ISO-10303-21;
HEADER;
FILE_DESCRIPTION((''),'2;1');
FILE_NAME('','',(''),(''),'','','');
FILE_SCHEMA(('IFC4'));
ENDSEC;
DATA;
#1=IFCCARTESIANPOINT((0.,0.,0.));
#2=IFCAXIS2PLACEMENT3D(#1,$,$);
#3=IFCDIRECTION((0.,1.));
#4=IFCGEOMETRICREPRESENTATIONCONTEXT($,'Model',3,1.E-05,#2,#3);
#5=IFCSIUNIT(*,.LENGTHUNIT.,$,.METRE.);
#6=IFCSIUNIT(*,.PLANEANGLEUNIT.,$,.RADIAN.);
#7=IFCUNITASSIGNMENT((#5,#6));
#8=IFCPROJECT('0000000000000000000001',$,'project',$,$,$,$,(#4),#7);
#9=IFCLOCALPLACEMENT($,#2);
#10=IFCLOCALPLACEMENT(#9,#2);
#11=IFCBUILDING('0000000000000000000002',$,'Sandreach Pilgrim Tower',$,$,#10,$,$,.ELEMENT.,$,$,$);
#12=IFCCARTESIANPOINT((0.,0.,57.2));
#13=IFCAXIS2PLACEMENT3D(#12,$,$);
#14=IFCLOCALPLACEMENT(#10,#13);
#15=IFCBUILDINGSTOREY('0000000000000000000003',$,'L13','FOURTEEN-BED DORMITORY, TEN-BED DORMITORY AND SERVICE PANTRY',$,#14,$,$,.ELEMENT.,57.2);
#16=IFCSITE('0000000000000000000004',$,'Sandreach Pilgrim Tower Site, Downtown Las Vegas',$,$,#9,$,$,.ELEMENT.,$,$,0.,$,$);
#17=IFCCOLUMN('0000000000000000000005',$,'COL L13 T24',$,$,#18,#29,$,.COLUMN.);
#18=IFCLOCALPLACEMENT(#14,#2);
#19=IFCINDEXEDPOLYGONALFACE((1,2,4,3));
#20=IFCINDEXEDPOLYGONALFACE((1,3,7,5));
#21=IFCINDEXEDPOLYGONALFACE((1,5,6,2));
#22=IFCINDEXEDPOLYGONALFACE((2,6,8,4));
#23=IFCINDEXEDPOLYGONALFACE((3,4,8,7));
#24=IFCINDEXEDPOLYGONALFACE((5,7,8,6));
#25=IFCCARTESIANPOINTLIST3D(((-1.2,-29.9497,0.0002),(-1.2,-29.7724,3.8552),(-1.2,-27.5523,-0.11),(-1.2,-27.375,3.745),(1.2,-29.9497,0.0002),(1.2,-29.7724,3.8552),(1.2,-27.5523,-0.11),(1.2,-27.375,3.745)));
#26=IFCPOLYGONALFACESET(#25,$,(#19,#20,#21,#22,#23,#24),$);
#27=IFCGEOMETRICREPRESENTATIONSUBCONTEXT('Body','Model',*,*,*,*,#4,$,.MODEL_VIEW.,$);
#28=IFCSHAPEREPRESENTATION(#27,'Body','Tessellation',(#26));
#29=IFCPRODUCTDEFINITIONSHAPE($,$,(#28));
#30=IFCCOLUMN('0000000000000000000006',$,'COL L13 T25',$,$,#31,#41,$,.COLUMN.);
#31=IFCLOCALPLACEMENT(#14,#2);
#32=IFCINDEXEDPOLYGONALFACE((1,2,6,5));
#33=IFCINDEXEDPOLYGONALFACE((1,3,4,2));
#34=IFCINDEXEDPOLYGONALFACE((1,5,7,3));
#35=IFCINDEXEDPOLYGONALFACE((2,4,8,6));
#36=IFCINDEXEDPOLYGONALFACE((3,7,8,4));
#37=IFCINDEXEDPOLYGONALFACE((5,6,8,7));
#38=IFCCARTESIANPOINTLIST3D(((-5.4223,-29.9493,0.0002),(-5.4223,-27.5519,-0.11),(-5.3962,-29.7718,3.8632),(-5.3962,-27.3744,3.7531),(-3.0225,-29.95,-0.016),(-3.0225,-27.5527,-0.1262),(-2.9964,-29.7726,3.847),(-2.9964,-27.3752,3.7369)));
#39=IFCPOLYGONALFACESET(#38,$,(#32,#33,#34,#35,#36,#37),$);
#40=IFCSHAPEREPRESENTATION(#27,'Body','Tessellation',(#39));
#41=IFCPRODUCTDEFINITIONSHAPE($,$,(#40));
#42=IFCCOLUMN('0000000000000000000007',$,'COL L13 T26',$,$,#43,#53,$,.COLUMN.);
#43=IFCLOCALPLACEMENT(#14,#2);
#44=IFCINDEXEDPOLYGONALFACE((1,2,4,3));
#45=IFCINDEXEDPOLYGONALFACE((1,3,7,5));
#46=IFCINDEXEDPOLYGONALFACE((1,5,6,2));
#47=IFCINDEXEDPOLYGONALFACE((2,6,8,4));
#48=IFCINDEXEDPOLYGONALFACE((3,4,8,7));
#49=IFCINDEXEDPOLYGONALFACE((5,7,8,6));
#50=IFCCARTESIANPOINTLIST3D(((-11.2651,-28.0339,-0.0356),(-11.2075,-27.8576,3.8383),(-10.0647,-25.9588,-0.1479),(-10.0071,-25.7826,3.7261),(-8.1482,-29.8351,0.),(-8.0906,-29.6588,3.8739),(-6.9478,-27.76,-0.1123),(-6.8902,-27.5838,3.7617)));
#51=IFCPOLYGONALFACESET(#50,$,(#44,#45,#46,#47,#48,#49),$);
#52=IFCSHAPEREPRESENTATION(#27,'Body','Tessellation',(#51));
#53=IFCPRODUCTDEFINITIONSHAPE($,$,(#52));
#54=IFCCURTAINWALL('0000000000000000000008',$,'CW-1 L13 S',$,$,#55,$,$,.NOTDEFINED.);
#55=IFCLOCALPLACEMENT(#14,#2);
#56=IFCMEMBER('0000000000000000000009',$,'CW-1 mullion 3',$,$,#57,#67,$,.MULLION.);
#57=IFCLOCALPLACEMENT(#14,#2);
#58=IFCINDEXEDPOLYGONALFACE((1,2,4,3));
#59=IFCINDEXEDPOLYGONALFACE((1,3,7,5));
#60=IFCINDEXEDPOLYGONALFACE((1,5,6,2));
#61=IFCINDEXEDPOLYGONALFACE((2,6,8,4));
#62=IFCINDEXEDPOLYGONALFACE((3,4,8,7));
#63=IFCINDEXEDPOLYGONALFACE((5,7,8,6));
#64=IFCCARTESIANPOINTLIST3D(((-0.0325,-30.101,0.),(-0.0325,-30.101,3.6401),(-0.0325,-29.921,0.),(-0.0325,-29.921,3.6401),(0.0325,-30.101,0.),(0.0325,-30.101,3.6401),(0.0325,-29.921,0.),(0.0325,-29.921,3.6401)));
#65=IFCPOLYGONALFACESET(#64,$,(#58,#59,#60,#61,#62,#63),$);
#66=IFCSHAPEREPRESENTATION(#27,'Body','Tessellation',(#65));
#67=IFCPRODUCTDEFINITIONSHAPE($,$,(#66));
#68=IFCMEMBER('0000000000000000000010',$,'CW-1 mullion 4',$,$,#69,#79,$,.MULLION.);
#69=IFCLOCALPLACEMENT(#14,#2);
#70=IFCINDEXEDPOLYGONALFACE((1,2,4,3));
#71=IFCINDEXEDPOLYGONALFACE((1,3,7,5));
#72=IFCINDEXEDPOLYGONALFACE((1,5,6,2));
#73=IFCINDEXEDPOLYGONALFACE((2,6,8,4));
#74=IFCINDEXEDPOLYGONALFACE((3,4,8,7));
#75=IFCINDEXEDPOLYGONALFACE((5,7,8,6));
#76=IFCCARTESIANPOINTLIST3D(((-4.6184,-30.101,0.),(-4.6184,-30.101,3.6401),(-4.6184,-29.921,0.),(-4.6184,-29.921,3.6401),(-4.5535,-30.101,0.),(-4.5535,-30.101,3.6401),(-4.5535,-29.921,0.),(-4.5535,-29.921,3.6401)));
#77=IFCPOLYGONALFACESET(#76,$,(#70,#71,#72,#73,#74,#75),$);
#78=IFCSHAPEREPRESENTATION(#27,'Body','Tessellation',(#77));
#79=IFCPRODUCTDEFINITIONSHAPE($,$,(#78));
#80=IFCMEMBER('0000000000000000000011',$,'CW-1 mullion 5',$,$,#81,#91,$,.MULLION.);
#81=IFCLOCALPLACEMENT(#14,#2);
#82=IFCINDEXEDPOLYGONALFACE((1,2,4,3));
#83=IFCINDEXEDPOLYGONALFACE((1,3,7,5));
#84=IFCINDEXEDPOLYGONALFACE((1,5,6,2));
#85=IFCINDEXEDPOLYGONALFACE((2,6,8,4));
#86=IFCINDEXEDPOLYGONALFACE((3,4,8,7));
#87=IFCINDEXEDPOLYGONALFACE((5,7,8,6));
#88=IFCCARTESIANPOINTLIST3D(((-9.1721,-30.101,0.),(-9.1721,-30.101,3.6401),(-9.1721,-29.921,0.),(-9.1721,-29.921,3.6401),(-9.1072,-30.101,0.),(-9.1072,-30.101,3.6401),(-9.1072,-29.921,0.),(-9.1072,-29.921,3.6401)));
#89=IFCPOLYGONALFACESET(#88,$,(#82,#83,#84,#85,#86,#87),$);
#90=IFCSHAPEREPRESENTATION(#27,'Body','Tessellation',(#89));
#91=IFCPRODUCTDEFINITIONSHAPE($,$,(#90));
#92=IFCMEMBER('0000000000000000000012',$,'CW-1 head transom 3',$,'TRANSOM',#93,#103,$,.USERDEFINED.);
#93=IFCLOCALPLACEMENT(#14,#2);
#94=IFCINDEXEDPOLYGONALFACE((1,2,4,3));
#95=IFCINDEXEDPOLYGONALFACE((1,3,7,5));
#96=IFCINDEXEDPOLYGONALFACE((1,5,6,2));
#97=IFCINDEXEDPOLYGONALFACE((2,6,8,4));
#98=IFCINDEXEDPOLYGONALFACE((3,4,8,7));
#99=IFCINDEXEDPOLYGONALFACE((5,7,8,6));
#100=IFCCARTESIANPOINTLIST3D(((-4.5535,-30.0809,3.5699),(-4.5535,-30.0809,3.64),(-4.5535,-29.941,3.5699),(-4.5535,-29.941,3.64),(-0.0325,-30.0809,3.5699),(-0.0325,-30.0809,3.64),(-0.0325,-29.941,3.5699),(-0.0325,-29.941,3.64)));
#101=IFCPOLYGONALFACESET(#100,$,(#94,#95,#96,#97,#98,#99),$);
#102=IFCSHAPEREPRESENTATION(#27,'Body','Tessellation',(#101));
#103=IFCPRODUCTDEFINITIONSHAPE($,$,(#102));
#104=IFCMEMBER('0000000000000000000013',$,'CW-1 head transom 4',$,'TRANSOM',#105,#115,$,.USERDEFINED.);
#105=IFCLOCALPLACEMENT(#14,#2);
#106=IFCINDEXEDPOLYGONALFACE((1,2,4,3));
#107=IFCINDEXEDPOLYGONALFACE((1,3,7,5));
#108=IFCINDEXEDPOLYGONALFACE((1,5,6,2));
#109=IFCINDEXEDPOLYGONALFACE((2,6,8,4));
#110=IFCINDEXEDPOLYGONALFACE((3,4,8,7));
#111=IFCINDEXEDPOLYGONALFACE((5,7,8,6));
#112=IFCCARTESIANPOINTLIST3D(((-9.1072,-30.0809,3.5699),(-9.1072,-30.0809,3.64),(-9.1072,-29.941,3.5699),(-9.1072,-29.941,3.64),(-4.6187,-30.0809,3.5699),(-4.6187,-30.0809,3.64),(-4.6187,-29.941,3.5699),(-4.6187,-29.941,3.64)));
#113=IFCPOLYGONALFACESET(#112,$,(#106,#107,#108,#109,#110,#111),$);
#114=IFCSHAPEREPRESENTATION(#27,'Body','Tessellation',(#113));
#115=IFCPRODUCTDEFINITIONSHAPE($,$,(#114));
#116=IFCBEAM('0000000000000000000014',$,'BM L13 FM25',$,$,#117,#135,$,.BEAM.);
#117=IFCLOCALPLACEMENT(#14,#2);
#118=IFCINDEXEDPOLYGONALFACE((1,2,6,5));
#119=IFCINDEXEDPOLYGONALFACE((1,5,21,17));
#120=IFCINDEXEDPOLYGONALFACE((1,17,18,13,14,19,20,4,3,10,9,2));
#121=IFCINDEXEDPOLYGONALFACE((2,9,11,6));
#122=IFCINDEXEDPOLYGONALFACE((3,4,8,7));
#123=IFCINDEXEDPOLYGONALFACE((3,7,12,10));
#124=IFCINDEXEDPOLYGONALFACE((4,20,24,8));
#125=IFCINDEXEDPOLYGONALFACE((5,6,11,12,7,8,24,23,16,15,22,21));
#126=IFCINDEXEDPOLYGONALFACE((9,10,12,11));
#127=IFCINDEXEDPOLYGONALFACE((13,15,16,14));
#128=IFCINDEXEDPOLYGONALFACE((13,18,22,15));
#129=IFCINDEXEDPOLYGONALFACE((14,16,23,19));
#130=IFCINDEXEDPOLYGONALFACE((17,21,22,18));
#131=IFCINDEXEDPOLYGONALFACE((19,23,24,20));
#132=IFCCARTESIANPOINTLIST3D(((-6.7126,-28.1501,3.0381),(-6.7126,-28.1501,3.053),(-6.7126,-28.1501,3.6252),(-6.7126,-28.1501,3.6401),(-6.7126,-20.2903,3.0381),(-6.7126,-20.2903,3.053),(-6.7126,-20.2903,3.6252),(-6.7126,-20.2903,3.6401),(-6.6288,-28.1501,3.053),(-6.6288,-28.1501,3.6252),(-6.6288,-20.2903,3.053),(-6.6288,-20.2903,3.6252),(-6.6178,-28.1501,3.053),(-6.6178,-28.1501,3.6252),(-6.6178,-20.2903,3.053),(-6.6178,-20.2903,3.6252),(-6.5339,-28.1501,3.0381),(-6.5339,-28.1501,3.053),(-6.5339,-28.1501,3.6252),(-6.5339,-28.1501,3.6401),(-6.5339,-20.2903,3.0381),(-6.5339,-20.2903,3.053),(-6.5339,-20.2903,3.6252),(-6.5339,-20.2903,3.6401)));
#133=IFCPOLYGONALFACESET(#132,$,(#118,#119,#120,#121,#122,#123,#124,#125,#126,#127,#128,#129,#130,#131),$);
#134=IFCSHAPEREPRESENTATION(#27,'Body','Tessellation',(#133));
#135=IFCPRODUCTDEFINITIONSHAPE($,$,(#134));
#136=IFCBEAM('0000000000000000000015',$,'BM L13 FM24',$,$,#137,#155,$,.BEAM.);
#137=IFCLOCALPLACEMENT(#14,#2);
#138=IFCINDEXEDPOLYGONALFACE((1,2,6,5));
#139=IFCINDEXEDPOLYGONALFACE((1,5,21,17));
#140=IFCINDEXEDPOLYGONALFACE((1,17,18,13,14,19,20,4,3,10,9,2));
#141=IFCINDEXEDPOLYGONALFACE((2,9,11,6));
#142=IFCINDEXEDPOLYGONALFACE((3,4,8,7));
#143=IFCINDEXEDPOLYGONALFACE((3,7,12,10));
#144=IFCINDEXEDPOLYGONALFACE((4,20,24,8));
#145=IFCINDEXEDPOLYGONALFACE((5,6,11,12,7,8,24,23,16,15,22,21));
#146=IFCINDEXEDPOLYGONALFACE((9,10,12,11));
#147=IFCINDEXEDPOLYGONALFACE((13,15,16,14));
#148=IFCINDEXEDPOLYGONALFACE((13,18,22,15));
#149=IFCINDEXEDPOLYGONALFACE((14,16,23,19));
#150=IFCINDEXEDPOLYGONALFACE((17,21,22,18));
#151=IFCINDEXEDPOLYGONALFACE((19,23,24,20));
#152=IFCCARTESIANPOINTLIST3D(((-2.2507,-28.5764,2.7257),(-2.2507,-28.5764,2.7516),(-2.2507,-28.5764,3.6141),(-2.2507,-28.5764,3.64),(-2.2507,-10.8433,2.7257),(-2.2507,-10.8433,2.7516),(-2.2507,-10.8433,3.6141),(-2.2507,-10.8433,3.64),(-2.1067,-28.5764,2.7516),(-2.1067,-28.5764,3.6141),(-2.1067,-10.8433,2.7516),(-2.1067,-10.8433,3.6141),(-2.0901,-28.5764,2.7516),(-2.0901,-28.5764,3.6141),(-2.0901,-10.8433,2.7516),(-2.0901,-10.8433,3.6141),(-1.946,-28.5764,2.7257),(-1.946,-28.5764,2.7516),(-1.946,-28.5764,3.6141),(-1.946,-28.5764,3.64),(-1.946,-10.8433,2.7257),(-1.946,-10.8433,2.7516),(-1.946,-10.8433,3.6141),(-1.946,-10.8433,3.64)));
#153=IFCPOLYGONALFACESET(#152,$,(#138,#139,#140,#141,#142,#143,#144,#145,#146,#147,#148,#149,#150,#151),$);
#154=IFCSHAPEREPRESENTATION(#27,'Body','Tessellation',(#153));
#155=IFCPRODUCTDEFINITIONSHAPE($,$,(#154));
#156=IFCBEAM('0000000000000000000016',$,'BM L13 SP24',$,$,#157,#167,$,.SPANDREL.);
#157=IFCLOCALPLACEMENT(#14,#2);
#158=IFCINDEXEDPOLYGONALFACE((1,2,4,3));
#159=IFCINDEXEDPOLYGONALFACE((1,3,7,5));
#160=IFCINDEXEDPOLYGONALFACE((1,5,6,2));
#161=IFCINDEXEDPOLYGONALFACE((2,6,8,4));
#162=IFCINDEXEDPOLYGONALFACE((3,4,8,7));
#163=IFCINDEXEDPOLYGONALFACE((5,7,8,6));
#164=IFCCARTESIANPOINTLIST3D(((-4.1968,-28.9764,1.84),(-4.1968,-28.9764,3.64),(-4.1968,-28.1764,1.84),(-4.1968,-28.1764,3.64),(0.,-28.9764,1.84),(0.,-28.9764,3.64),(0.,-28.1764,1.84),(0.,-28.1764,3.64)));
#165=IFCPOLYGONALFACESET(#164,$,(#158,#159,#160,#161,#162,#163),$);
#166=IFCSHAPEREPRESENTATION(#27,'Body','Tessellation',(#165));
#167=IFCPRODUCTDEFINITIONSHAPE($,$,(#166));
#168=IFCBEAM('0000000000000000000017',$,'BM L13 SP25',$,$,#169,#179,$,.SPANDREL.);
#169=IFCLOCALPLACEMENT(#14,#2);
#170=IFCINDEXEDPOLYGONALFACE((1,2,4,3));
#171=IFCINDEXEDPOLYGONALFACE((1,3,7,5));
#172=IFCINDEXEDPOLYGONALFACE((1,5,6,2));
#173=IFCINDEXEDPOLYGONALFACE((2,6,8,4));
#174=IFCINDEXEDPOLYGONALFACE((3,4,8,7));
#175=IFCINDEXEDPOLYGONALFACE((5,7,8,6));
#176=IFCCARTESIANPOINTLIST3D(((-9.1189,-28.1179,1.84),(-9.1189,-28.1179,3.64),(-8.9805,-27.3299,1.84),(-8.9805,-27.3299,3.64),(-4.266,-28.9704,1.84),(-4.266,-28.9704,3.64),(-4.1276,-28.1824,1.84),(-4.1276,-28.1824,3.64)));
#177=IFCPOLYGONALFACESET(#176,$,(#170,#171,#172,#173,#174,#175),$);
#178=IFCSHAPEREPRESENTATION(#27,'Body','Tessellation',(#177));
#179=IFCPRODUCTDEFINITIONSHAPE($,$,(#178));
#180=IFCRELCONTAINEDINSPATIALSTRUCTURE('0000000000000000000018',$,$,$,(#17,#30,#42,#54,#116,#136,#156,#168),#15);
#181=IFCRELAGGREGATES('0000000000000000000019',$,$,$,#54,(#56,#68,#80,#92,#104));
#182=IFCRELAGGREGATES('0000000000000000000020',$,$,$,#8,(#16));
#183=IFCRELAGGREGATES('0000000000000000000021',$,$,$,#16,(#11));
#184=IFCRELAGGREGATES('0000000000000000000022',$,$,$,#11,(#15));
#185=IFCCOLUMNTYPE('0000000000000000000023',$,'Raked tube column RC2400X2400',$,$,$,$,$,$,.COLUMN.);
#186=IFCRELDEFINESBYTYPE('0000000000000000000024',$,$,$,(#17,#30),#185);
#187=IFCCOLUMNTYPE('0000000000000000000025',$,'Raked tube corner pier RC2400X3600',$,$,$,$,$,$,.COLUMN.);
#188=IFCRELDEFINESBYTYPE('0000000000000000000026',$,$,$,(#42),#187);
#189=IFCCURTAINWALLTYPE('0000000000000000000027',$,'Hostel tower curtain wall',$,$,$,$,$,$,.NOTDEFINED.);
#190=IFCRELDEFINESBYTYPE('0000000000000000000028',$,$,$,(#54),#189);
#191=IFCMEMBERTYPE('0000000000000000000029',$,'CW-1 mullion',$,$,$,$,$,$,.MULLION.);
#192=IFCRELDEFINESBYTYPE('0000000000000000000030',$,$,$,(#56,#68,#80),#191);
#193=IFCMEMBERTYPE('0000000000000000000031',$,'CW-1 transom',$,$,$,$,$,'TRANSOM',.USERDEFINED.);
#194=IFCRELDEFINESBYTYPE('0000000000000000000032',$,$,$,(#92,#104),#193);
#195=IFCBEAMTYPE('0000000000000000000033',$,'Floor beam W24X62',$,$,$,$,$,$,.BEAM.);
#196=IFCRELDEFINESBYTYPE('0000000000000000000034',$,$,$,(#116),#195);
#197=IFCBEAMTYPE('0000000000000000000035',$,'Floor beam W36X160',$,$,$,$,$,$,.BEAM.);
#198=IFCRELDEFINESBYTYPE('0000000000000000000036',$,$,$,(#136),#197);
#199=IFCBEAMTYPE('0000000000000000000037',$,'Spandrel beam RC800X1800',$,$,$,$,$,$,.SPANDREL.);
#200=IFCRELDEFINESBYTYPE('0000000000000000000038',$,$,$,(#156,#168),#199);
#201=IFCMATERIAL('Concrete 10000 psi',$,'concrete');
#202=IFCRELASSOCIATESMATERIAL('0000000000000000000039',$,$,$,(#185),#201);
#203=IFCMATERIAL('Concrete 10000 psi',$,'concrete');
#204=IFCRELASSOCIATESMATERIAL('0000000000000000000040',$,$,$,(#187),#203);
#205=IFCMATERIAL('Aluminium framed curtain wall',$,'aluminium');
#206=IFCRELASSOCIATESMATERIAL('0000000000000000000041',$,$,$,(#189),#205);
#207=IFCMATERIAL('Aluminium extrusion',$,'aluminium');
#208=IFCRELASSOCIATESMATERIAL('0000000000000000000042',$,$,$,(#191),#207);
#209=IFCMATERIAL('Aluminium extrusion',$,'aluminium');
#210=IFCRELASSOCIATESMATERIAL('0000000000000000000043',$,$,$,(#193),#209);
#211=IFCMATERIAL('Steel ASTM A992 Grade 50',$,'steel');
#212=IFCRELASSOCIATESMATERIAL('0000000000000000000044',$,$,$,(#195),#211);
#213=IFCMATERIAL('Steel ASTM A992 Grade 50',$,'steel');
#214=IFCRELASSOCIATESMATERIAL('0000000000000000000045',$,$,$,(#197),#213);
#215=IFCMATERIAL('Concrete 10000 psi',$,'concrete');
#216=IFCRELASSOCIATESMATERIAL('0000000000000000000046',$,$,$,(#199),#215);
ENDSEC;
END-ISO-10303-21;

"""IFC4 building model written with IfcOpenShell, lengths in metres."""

from ifc_helpers import new_model, si_unit, direction, frame, origin, origin_2d, place, context, subcontext, project, spatial, rectangle, i_section, extrude, material, material_profile, profile_set, type_object, element, aggregate, save


model = new_model("IFC4")

# Units and contexts
model_context = context("Model", 3, precision=1e-05, world=origin(), true_north=direction((0.0, 1.0)))
body_context = subcontext(model_context, "Body", "Model", "MODEL_VIEW")
ifc_project = project(units=[si_unit("LENGTHUNIT", "METRE"), si_unit("PLANEANGLEUNIT", "RADIAN")], contexts=[model_context])

# Site, building, storey
site_placement = place(None, origin())
site = spatial("IfcSite", under=ifc_project, at=site_placement, Name="Sandreach Pilgrim Tower Site, Downtown Las Vegas", CompositionType="ELEMENT", RefElevation=0.0)
building_placement = place(site_placement, origin())
building = spatial("IfcBuilding", under=site, at=building_placement, Name="Sandreach Pilgrim Tower", CompositionType="ELEMENT")
storey_placement = place(building_placement, frame((0.0, 0.0, 57.2)))
storey = spatial("IfcBuildingStorey", under=building, at=storey_placement, Name="L13", Description="FOURTEEN-BED DORMITORY, TEN-BED DORMITORY AND SERVICE PANTRY", CompositionType="ELEMENT", Elevation=57.2)

# Columns
ifc_material_1 = material(Name="Concrete 10000 psi", Category="concrete")
ifc_material_profile_1 = material_profile(ifc_material_1, rectangle(XDim=2.3999, YDim=2.3999, at=origin_2d()), Name="RC2400X2400")
ifc_profile_set_1 = profile_set([ifc_material_profile_1], Name="Concrete 10000 psi")
column_type_1 = type_object("IfcColumnType", Name="Raked tube column RC2400X2400", PredefinedType="COLUMN", material=ifc_profile_set_1)
column_1_placement = place(storey_placement, frame((0.0, -28.751, -0.0549), z_axis=(0.0, 0.04593, 0.998945), x_axis=(0.0, -0.998945, 0.04593)))
element("IfcColumn", 1, at=column_1_placement, inside=storey, type_object=column_type_1, Name="COL L13 T24", PredefinedType="COLUMN", context=body_context, shape_type="SweptSolid", body=[
    extrude(rectangle(XDim=2.3999, YDim=2.3999, at=origin_2d()), origin(), (0.0, 0.0, 1.0), 3.8591),
])
column_2_placement = place(storey_placement, frame((-4.2224, -28.751, -0.063), z_axis=(0.006755, 0.045896, 0.998923), x_axis=(-0.000005, -0.998946, 0.045897)))
element("IfcColumn", 2, at=column_2_placement, inside=storey, type_object=column_type_1, Name="COL L13 T25", PredefinedType="COLUMN", context=body_context, shape_type="SweptSolid", body=[
    extrude(rectangle(XDim=2.3999, YDim=2.3999, at=origin_2d()), origin(), (0.0, 0.0, 1.0), 3.8672),
])
ifc_material_2 = material(Name="Concrete 10000 psi", Category="concrete")
ifc_material_profile_2 = material_profile(ifc_material_2, rectangle(XDim=2.3999, YDim=3.6001, at=origin_2d()), Name="RC2400X3600")
ifc_profile_set_2 = profile_set([ifc_material_profile_2], Name="Concrete 10000 psi")
column_type_2 = type_object("IfcColumnType", Name="Raked tube corner pier RC2400X3600", PredefinedType="COLUMN", material=ifc_profile_set_2)
column_3_placement = place(storey_placement, frame((-9.1064, -27.897, -0.074), z_axis=(0.014856, 0.045448, 0.998856), x_axis=(-0.500199, -0.864646, 0.046781)))
element("IfcColumn", 3, at=column_3_placement, inside=storey, type_object=column_type_2, Name="COL L13 T26", PredefinedType="COLUMN", context=body_context, shape_type="SweptSolid", body=[
    extrude(rectangle(XDim=2.3999, YDim=3.6001, at=origin_2d()), origin(), (0.0, 0.0, 1.0), 3.8784),
])

# Curtain wall, members
ifc_material_3 = material(Name="Aluminium framed curtain wall", Category="aluminium")
curtain_wall_type = type_object("IfcCurtainWallType", Name="Hostel tower curtain wall", PredefinedType="NOTDEFINED", material=ifc_material_3)
curtain_wall_placement = place(storey_placement, origin())
curtain_wall = element("IfcCurtainWall", 4, at=curtain_wall_placement, inside=storey, type_object=curtain_wall_type, Name="CW-1 L13 S", PredefinedType="NOTDEFINED")
ifc_material_4 = material(Name="Aluminium extrusion", Category="aluminium")
ifc_material_profile_3 = material_profile(ifc_material_4, rectangle(XDim=0.0649, YDim=0.1799, at=origin_2d()), Name="CW-1M 65X180")
ifc_profile_set_3 = profile_set([ifc_material_profile_3], Name="Aluminium extrusion")
member_type_1 = type_object("IfcMemberType", Name="CW-1 mullion", PredefinedType="MULLION", material=ifc_profile_set_3)
member_1_placement = place(storey_placement, frame((0.0, -30.011, 0.0), z_axis=(0.0, 0.0, 1.0), x_axis=(-1.0, 0.0, 0.0)))
member_1 = element("IfcMember", 5, at=member_1_placement, type_object=member_type_1, Name="CW-1 mullion 3", PredefinedType="MULLION", context=body_context, shape_type="SweptSolid", body=[
    extrude(rectangle(XDim=0.0649, YDim=0.1799, at=origin_2d()), origin(), (0.0, 0.0, 1.0), 3.6401),
])
member_2_placement = place(storey_placement, frame((-4.5859, -30.011, 0.0), z_axis=(0.0, 0.0, 1.0), x_axis=(-1.0, 0.0, 0.0)))
member_2 = element("IfcMember", 6, at=member_2_placement, type_object=member_type_1, Name="CW-1 mullion 4", PredefinedType="MULLION", context=body_context, shape_type="SweptSolid", body=[
    extrude(rectangle(XDim=0.0649, YDim=0.1799, at=origin_2d()), origin(), (0.0, 0.0, 1.0), 3.6401),
])
member_3_placement = place(storey_placement, frame((-9.1396, -30.011, 0.0), z_axis=(0.0, 0.0, 1.0), x_axis=(-1.0, 0.0, 0.0)))
member_3 = element("IfcMember", 7, at=member_3_placement, type_object=member_type_1, Name="CW-1 mullion 5", PredefinedType="MULLION", context=body_context, shape_type="SweptSolid", body=[
    extrude(rectangle(XDim=0.0649, YDim=0.1799, at=origin_2d()), origin(), (0.0, 0.0, 1.0), 3.6401),
])
ifc_material_5 = material(Name="Aluminium extrusion", Category="aluminium")
ifc_material_profile_4 = material_profile(ifc_material_5, rectangle(XDim=0.1399, YDim=0.0701, at=origin_2d()), Name="CW-1T 140X70")
ifc_profile_set_4 = profile_set([ifc_material_profile_4], Name="Aluminium extrusion")
member_type_2 = type_object("IfcMemberType", Name="CW-1 transom", ElementType="TRANSOM", PredefinedType="USERDEFINED", material=ifc_profile_set_4)
member_4_placement = place(storey_placement, frame((-0.0325, -30.011, 3.605), z_axis=(-1.0, 0.0, 0.0), x_axis=(0.0, -1.0, 0.0)))
member_4 = element("IfcMember", 8, at=member_4_placement, type_object=member_type_2, Name="CW-1 head transom 3", ObjectType="TRANSOM", PredefinedType="USERDEFINED", context=body_context, shape_type="SweptSolid", body=[
    extrude(rectangle(XDim=0.1399, YDim=0.0701, at=origin_2d()), origin(), (0.0, 0.0, 1.0), 4.521),
])
member_5_placement = place(storey_placement, frame((-4.6187, -30.011, 3.605), z_axis=(-1.0, 0.0, 0.0), x_axis=(0.0, -1.0, 0.0)))
member_5 = element("IfcMember", 9, at=member_5_placement, type_object=member_type_2, Name="CW-1 head transom 4", ObjectType="TRANSOM", PredefinedType="USERDEFINED", context=body_context, shape_type="SweptSolid", body=[
    extrude(rectangle(XDim=0.1399, YDim=0.0701, at=origin_2d()), origin(), (0.0, 0.0, 1.0), 4.4885),
])

# Beams
ifc_material_6 = material(Name="Steel ASTM A992 Grade 50", Category="steel")
ifc_material_profile_5 = material_profile(ifc_material_6, i_section(OverallWidth=0.1787, OverallDepth=0.6021, WebThickness=0.011, FlangeThickness=0.0149, at=origin_2d()), Name="W24X62")
ifc_profile_set_5 = profile_set([ifc_material_profile_5], Name="Steel ASTM A992 Grade 50")
beam_type_1 = type_object("IfcBeamType", Name="Floor beam W24X62", PredefinedType="BEAM", material=ifc_profile_set_5)
beam_1_placement = place(storey_placement, frame((-6.6233, -28.1501, 3.3391), z_axis=(0.0, 1.0, 0.0), x_axis=(-1.0, 0.0, 0.0)))
element("IfcBeam", 10, at=beam_1_placement, inside=storey, type_object=beam_type_1, Name="BM L13 FM25", PredefinedType="BEAM", context=body_context, shape_type="SweptSolid", body=[
    extrude(i_section(OverallWidth=0.1787, OverallDepth=0.6021, WebThickness=0.011, FlangeThickness=0.0149, at=origin_2d()), origin(), (0.0, 0.0, 1.0), 7.8599),
])
ifc_material_7 = material(Name="Steel ASTM A992 Grade 50", Category="steel")
ifc_material_profile_6 = material_profile(ifc_material_7, i_section(OverallWidth=0.3047, OverallDepth=0.9143, WebThickness=0.0166, FlangeThickness=0.0259, at=origin_2d()), Name="W36X160")
ifc_profile_set_6 = profile_set([ifc_material_profile_6], Name="Steel ASTM A992 Grade 50")
beam_type_2 = type_object("IfcBeamType", Name="Floor beam W36X160", PredefinedType="BEAM", material=ifc_profile_set_6)
beam_2_placement = place(storey_placement, frame((-2.0984, -28.5764, 3.1829), z_axis=(0.0, 1.0, 0.0), x_axis=(-1.0, 0.0, 0.0)))
element("IfcBeam", 11, at=beam_2_placement, inside=storey, type_object=beam_type_2, Name="BM L13 FM24", PredefinedType="BEAM", context=body_context, shape_type="SweptSolid", body=[
    extrude(i_section(OverallWidth=0.3047, OverallDepth=0.9143, WebThickness=0.0166, FlangeThickness=0.0259, at=origin_2d()), origin(), (0.0, 0.0, 1.0), 17.7332),
])
ifc_material_8 = material(Name="Concrete 10000 psi", Category="concrete")
ifc_material_profile_7 = material_profile(ifc_material_8, rectangle(XDim=0.8, YDim=1.8, at=origin_2d()), Name="RC800X1800")
ifc_profile_set_7 = profile_set([ifc_material_profile_7], Name="Concrete 10000 psi")
beam_type_3 = type_object("IfcBeamType", Name="Spandrel beam RC800X1800", PredefinedType="SPANDREL", material=ifc_profile_set_7)
beam_3_placement = place(storey_placement, frame((0.0, -28.5764, 2.74), z_axis=(-1.0, 0.0, 0.0), x_axis=(0.0, -1.0, 0.0)))
element("IfcBeam", 12, at=beam_3_placement, inside=storey, type_object=beam_type_3, Name="BM L13 SP24", PredefinedType="SPANDREL", context=body_context, shape_type="SweptSolid", body=[
    extrude(rectangle(XDim=0.8, YDim=1.8, at=origin_2d()), origin(), (0.0, 0.0, 1.0), 4.1968),
])
beam_4_placement = place(storey_placement, frame((-4.1968, -28.5764, 2.74), z_axis=(-0.984918, 0.173022, 0.0), x_axis=(-0.173022, -0.984918, 0.0)))
element("IfcBeam", 13, at=beam_4_placement, inside=storey, type_object=beam_type_3, Name="BM L13 SP25", PredefinedType="SPANDREL", context=body_context, shape_type="SweptSolid", body=[
    extrude(rectangle(XDim=0.8, YDim=1.8, at=origin_2d()), origin(), (0.0, 0.0, 1.0), 4.9272),
])

aggregate(curtain_wall, [member_1, member_2, member_3, member_4, member_5])

save(model, "model.ifc")
